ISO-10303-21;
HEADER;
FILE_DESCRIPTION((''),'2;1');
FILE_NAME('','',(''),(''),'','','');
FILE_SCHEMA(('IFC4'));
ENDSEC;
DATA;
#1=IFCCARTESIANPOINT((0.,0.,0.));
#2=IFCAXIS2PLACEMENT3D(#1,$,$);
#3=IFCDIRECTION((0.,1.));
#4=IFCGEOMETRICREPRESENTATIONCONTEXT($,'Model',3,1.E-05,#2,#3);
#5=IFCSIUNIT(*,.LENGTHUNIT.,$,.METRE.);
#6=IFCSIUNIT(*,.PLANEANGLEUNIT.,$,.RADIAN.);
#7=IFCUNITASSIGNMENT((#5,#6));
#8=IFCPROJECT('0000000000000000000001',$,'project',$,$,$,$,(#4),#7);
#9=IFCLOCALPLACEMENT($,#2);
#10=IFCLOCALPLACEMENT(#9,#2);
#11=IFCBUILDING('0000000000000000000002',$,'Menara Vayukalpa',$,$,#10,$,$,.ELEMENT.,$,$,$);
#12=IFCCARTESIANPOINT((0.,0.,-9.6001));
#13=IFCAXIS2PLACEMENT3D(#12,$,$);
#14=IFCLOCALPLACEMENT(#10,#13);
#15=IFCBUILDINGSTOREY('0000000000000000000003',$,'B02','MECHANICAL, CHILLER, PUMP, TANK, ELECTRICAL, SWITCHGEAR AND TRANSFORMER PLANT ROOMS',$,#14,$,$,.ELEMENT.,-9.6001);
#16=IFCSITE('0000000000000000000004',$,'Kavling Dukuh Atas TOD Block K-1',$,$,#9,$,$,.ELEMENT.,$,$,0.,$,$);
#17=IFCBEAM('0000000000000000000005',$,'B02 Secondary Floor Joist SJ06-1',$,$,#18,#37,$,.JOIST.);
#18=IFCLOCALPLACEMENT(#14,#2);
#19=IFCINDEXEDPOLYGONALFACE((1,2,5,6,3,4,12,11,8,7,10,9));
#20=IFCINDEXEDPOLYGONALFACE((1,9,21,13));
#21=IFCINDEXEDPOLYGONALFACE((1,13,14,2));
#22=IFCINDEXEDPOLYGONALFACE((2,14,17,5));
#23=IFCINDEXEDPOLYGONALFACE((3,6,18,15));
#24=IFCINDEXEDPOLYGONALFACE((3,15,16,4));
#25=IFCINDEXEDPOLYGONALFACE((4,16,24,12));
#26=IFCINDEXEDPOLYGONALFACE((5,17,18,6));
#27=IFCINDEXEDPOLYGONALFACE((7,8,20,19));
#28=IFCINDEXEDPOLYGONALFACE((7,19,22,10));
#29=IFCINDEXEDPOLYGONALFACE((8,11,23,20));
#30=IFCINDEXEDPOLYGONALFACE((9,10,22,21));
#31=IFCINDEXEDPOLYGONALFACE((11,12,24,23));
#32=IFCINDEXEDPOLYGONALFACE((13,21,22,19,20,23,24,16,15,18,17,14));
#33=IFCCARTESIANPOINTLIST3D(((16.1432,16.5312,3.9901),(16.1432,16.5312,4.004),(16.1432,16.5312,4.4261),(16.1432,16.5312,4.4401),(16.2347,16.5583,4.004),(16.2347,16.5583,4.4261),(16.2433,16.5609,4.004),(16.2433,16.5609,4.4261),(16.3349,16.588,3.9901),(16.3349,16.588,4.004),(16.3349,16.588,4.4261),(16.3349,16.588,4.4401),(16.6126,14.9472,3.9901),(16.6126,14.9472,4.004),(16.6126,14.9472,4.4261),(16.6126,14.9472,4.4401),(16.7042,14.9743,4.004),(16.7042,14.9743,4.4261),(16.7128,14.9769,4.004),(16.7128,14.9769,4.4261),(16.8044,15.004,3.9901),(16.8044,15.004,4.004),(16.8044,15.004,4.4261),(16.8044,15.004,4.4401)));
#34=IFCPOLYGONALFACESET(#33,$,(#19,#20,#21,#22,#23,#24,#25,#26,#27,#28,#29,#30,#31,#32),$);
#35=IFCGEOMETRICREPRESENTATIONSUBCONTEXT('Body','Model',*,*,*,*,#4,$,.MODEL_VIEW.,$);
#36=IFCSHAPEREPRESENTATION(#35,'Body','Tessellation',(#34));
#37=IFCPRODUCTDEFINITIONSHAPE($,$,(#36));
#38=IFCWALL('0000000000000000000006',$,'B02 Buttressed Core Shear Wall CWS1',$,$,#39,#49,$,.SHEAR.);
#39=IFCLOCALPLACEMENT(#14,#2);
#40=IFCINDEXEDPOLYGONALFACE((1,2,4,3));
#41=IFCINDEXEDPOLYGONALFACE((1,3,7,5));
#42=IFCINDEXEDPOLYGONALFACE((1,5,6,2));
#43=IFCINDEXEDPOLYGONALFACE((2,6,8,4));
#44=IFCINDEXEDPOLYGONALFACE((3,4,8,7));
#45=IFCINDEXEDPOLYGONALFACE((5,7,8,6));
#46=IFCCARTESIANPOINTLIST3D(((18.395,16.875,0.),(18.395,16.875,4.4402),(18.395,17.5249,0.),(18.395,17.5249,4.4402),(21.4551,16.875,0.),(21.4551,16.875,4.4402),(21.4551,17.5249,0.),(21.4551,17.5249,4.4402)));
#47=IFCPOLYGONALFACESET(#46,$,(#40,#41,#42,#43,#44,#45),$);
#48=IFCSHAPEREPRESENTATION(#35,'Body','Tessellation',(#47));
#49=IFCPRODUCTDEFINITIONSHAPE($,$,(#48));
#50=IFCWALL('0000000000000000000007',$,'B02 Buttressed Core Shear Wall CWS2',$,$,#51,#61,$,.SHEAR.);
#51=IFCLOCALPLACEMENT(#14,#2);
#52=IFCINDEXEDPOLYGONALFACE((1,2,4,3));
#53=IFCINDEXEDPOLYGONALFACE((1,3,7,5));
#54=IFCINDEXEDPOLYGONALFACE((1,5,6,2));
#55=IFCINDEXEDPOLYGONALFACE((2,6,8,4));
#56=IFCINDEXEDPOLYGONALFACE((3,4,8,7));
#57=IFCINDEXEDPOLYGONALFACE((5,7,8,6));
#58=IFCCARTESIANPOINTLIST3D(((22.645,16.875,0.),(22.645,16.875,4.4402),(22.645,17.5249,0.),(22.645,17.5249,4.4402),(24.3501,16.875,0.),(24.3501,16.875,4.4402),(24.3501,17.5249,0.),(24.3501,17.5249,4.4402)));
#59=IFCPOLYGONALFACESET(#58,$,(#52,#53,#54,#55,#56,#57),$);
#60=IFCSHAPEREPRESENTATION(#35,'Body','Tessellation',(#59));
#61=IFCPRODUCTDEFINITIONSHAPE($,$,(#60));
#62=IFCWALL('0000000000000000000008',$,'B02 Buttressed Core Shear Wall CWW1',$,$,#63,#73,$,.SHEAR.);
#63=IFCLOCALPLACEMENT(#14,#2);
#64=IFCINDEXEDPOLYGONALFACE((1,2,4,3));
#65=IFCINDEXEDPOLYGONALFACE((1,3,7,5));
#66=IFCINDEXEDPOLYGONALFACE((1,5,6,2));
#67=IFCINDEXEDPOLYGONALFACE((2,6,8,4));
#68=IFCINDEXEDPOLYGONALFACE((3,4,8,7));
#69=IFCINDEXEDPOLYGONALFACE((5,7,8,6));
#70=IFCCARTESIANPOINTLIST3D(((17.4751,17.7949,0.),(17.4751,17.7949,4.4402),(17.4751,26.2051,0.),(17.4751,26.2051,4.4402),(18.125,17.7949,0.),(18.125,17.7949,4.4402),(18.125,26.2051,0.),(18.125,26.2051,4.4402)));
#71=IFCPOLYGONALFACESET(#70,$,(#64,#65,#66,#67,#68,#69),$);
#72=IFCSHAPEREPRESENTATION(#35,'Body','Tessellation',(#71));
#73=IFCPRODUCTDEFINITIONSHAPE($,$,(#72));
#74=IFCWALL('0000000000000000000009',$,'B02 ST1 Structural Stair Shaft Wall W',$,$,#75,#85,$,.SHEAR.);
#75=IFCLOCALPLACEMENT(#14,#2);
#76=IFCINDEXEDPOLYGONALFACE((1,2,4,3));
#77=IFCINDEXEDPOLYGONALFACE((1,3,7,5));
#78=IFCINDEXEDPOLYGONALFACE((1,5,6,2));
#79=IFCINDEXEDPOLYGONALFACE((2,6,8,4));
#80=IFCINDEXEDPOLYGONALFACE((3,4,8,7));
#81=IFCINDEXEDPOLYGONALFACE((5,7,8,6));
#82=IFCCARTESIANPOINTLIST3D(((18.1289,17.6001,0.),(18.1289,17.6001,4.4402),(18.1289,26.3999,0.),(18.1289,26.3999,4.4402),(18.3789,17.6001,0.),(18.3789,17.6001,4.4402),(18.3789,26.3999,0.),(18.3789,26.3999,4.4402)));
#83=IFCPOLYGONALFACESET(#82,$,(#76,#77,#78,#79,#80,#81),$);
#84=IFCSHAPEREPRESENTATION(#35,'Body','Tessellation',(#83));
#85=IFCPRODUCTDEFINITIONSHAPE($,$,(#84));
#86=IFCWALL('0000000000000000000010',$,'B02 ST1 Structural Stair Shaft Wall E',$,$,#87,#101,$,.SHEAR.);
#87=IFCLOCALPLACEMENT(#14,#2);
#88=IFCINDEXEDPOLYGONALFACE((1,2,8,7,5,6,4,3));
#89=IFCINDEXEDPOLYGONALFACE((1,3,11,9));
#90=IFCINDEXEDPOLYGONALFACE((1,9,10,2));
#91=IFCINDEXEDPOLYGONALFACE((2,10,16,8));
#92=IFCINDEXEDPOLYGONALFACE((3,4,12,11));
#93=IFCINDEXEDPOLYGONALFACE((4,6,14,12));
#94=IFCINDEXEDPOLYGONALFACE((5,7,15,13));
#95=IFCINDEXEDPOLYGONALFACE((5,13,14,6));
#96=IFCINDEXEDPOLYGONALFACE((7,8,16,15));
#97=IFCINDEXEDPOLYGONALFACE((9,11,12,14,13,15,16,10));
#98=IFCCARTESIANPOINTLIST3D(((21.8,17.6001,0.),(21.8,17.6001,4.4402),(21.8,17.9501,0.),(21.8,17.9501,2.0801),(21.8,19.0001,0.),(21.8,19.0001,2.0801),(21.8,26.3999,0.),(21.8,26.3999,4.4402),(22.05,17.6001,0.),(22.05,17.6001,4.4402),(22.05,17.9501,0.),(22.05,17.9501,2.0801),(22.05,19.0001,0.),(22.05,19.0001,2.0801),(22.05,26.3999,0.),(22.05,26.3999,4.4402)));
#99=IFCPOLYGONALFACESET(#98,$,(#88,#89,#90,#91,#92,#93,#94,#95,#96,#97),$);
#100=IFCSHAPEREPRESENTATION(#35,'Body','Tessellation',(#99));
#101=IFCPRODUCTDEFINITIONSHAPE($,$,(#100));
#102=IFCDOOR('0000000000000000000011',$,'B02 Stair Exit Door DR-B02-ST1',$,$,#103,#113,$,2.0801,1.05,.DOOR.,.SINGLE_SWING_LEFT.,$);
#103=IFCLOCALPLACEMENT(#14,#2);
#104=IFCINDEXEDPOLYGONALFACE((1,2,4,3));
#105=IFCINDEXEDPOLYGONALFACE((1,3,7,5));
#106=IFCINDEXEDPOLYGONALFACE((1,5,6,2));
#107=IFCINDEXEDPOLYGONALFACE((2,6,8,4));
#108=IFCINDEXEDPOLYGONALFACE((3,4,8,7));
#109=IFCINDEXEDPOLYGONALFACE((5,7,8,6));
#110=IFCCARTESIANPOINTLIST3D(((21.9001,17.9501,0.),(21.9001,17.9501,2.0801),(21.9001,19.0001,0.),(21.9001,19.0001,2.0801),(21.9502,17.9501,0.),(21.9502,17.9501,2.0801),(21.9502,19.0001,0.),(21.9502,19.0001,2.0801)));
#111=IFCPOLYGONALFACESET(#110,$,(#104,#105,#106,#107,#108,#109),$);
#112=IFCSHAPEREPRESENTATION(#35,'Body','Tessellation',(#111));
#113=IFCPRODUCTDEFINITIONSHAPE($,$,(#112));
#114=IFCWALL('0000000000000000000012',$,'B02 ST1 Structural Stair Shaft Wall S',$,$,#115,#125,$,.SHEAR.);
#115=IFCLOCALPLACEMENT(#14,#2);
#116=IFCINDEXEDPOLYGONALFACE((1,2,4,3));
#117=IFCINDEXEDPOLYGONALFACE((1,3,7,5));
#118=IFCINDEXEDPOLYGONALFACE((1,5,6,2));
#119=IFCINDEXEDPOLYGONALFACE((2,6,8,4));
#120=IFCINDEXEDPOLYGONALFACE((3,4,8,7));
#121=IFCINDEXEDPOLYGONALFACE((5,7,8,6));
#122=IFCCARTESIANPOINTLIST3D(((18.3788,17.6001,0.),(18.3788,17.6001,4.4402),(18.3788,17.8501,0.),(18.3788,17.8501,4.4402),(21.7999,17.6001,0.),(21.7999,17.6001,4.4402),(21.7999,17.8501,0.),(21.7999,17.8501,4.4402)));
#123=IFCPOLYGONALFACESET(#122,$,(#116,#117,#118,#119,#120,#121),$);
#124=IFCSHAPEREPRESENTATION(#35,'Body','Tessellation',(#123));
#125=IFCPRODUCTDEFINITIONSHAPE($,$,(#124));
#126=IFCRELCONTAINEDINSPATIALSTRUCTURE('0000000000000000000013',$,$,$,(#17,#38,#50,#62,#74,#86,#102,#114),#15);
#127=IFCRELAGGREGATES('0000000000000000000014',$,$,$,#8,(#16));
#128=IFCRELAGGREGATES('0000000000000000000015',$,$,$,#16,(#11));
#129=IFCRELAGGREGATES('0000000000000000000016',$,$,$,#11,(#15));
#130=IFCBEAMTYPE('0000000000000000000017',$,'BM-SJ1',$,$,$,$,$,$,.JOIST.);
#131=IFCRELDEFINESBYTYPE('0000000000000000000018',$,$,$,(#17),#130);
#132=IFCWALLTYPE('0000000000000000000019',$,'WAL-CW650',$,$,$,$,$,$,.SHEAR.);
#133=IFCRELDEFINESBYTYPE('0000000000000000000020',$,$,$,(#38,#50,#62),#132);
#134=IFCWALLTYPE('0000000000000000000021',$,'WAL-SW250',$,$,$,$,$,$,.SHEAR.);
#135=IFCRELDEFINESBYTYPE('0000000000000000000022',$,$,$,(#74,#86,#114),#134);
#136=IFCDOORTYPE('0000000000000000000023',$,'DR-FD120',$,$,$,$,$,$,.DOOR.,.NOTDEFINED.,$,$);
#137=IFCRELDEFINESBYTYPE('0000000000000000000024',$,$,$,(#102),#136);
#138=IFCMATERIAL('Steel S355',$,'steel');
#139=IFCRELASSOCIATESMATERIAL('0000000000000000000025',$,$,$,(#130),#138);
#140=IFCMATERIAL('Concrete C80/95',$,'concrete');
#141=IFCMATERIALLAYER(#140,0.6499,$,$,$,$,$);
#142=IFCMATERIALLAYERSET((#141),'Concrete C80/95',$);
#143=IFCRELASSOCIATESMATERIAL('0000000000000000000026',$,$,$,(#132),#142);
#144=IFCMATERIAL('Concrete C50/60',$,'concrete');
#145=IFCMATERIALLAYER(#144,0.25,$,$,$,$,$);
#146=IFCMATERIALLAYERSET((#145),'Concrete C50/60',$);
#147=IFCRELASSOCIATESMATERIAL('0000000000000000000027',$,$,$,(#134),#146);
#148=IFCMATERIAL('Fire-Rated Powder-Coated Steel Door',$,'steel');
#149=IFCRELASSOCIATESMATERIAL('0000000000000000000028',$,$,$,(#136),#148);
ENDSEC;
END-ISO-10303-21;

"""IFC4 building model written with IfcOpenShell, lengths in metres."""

from ifc_helpers import new_model, si_unit, direction, frame, frame_2d, origin, origin_2d, place, context, subcontext, project, spatial, rectangle, i_section, extrude, material, layer, layer_set, material_profile, profile_set, type_object, element, fill, save


model = new_model("IFC4")

# Units and contexts
model_context = context("Model", 3, precision=1e-05, world=origin(), true_north=direction((0.0, 1.0)))
body_context = subcontext(model_context, "Body", "Model", "MODEL_VIEW")
ifc_project = project(units=[si_unit("LENGTHUNIT", "METRE"), si_unit("PLANEANGLEUNIT", "RADIAN")], contexts=[model_context])

# Site, building, storey
site_placement = place(None, origin())
site = spatial("IfcSite", under=ifc_project, at=site_placement, Name="Kavling Dukuh Atas TOD Block K-1", CompositionType="ELEMENT", RefElevation=0.0)
building_placement = place(site_placement, origin())
building = spatial("IfcBuilding", under=site, at=building_placement, Name="Menara Vayukalpa", CompositionType="ELEMENT")
storey_placement = place(building_placement, frame((0.0, 0.0, -9.6001)))
storey = spatial("IfcBuildingStorey", under=building, at=storey_placement, Name="B02", Description="MECHANICAL, CHILLER, PUMP, TANK, ELECTRICAL, SWITCHGEAR AND TRANSFORMER PLANT ROOMS", CompositionType="ELEMENT", Elevation=-9.6001)

# Beam
ifc_material_1 = material(Name="Steel S355", Category="steel")
ifc_material_profile_1 = material_profile(ifc_material_1, i_section(OverallWidth=0.2, OverallDepth=0.45, WebThickness=0.009, FlangeThickness=0.0139, at=origin_2d()), Name="WF 450x200x9x14")
ifc_profile_set_1 = profile_set([ifc_material_profile_1], Name="Steel S355")
beam_type_1 = type_object("IfcBeamType", Name="BM-SJ1", PredefinedType="JOIST", material=ifc_profile_set_1)
beam_1_placement = place(storey_placement, frame((16.239, 16.5596, 4.2151), z_axis=(0.284174, -0.958773, 0.0), x_axis=(0.958773, 0.284174, 0.0)))
element("IfcBeam", 1, at=beam_1_placement, inside=storey, type_object=beam_type_1, Name="B02 Secondary Floor Joist SJ06-1", PredefinedType="JOIST", context=body_context, shape_type="SweptSolid", body=[
    extrude(i_section(OverallWidth=0.2, OverallDepth=0.45, WebThickness=0.009, FlangeThickness=0.0139, at=origin_2d()), origin(), (0.0, 0.0, 1.0), 1.6521),
])

# Walls
ifc_material_2 = material(Name="Concrete C80/95", Category="concrete")
ifc_layer_1 = layer(ifc_material_2, 0.6499)
ifc_layer_set_1 = layer_set([ifc_layer_1], Name="Concrete C80/95")
wall_type_1 = type_object("IfcWallType", Name="WAL-CW650", PredefinedType="SHEAR", material=ifc_layer_set_1)
wall_1_placement = place(storey_placement, frame((18.395, 17.2, 0.0), z_axis=(0.0, 0.0, 1.0), x_axis=(1.0, 0.0, 0.0)))
element("IfcWall", 2, at=wall_1_placement, inside=storey, type_object=wall_type_1, Name="B02 Buttressed Core Shear Wall CWS1", PredefinedType="SHEAR", context=body_context, shape_type="SweptSolid", body=[
    extrude(rectangle(XDim=3.0601, YDim=0.6499, at=frame_2d((1.53, 0.0))), origin(), (0.0, 0.0, 1.0), 4.4402),
])
wall_2_placement = place(storey_placement, frame((22.645, 17.2, 0.0), z_axis=(0.0, 0.0, 1.0), x_axis=(1.0, 0.0, 0.0)))
element("IfcWall", 3, at=wall_2_placement, inside=storey, type_object=wall_type_1, Name="B02 Buttressed Core Shear Wall CWS2", PredefinedType="SHEAR", context=body_context, shape_type="SweptSolid", body=[
    extrude(rectangle(XDim=1.7051, YDim=0.6499, at=frame_2d((0.8525, 0.0))), origin(), (0.0, 0.0, 1.0), 4.4402),
])
wall_3_placement = place(storey_placement, frame((17.8, 17.7949, 0.0), z_axis=(0.0, 0.0, 1.0), x_axis=(0.0, 1.0, 0.0)))
element("IfcWall", 4, at=wall_3_placement, inside=storey, type_object=wall_type_1, Name="B02 Buttressed Core Shear Wall CWW1", PredefinedType="SHEAR", context=body_context, shape_type="SweptSolid", body=[
    extrude(rectangle(XDim=8.4102, YDim=0.6499, at=frame_2d((4.2051, 0.0))), origin(), (0.0, 0.0, 1.0), 4.4402),
])
ifc_material_3 = material(Name="Concrete C50/60", Category="concrete")
ifc_layer_2 = layer(ifc_material_3, 0.25)
ifc_layer_set_2 = layer_set([ifc_layer_2], Name="Concrete C50/60")
wall_type_2 = type_object("IfcWallType", Name="WAL-SW250", PredefinedType="SHEAR", material=ifc_layer_set_2)
wall_4_placement = place(storey_placement, frame((18.2539, 17.6001, 0.0), z_axis=(0.0, 0.0, 1.0), x_axis=(0.0, 1.0, 0.0)))
element("IfcWall", 5, at=wall_4_placement, inside=storey, type_object=wall_type_2, Name="B02 ST1 Structural Stair Shaft Wall W", PredefinedType="SHEAR", context=body_context, shape_type="SweptSolid", body=[
    extrude(rectangle(XDim=8.7998, YDim=0.25, at=frame_2d((4.3999, 0.0))), origin(), (0.0, 0.0, 1.0), 4.4402),
])

# Wall, opening, door
wall_5_placement = place(storey_placement, frame((21.925, 17.6001, 0.0), z_axis=(0.0, 0.0, 1.0), x_axis=(0.0, 1.0, 0.0)))
wall_5 = element("IfcWall", 6, at=wall_5_placement, inside=storey, type_object=wall_type_2, Name="B02 ST1 Structural Stair Shaft Wall E", PredefinedType="SHEAR", context=body_context, shape_type="SweptSolid", body=[
    extrude(rectangle(XDim=8.7998, YDim=0.25, at=frame_2d((4.3999, 0.0))), origin(), (0.0, 0.0, 1.0), 4.4402),
])
opening_placement = place(wall_5_placement, frame((0.3501, 0.0, 0.0)))
opening = element("IfcOpeningElement", 7, at=opening_placement, cuts=wall_5, PredefinedType="OPENING", context=body_context, shape_type="SweptSolid", body=[
    extrude(rectangle(XDim=1.05, YDim=2.0801, at=frame_2d((0.5249, 1.04))), frame((0.0, 0.135, 0.0), z_axis=(0.0, -1.0, 0.0), x_axis=(1.0, 0.0, 0.0)), (0.0, 0.0, 1.0), 0.27),
])
ifc_material_4 = material(Name="Fire-Rated Powder-Coated Steel Door", Category="steel")
door_type = type_object("IfcDoorType", Name="DR-FD120", OperationType="NOTDEFINED", PredefinedType="DOOR", material=ifc_material_4)
door_placement = place(opening_placement, origin())
door = element("IfcDoor", 8, at=door_placement, inside=storey, type_object=door_type, Name="B02 Stair Exit Door DR-B02-ST1", OperationType="SINGLE_SWING_LEFT", OverallHeight=2.0801, OverallWidth=1.05, PredefinedType="DOOR", context=body_context, shape_type="SweptSolid", body=[
    extrude(rectangle(XDim=1.05, YDim=2.0801, at=frame_2d((0.5249, 1.04))), frame((0.0, 0.0249, 0.0), z_axis=(0.0, -1.0, 0.0), x_axis=(1.0, 0.0, 0.0)), (0.0, 0.0, 1.0), 0.05),
])
fill(opening, door)

# Wall
wall_6_placement = place(storey_placement, frame((18.3789, 17.7251, 0.0), z_axis=(0.0, 0.0, 1.0), x_axis=(1.0, 0.0, 0.0)))
element("IfcWall", 9, at=wall_6_placement, inside=storey, type_object=wall_type_2, Name="B02 ST1 Structural Stair Shaft Wall S", PredefinedType="SHEAR", context=body_context, shape_type="SweptSolid", body=[
    extrude(rectangle(XDim=3.4211, YDim=0.25, at=frame_2d((1.7104, 0.0))), origin(), (0.0, 0.0, 1.0), 4.4402),
])

save(model, "model.ifc")
